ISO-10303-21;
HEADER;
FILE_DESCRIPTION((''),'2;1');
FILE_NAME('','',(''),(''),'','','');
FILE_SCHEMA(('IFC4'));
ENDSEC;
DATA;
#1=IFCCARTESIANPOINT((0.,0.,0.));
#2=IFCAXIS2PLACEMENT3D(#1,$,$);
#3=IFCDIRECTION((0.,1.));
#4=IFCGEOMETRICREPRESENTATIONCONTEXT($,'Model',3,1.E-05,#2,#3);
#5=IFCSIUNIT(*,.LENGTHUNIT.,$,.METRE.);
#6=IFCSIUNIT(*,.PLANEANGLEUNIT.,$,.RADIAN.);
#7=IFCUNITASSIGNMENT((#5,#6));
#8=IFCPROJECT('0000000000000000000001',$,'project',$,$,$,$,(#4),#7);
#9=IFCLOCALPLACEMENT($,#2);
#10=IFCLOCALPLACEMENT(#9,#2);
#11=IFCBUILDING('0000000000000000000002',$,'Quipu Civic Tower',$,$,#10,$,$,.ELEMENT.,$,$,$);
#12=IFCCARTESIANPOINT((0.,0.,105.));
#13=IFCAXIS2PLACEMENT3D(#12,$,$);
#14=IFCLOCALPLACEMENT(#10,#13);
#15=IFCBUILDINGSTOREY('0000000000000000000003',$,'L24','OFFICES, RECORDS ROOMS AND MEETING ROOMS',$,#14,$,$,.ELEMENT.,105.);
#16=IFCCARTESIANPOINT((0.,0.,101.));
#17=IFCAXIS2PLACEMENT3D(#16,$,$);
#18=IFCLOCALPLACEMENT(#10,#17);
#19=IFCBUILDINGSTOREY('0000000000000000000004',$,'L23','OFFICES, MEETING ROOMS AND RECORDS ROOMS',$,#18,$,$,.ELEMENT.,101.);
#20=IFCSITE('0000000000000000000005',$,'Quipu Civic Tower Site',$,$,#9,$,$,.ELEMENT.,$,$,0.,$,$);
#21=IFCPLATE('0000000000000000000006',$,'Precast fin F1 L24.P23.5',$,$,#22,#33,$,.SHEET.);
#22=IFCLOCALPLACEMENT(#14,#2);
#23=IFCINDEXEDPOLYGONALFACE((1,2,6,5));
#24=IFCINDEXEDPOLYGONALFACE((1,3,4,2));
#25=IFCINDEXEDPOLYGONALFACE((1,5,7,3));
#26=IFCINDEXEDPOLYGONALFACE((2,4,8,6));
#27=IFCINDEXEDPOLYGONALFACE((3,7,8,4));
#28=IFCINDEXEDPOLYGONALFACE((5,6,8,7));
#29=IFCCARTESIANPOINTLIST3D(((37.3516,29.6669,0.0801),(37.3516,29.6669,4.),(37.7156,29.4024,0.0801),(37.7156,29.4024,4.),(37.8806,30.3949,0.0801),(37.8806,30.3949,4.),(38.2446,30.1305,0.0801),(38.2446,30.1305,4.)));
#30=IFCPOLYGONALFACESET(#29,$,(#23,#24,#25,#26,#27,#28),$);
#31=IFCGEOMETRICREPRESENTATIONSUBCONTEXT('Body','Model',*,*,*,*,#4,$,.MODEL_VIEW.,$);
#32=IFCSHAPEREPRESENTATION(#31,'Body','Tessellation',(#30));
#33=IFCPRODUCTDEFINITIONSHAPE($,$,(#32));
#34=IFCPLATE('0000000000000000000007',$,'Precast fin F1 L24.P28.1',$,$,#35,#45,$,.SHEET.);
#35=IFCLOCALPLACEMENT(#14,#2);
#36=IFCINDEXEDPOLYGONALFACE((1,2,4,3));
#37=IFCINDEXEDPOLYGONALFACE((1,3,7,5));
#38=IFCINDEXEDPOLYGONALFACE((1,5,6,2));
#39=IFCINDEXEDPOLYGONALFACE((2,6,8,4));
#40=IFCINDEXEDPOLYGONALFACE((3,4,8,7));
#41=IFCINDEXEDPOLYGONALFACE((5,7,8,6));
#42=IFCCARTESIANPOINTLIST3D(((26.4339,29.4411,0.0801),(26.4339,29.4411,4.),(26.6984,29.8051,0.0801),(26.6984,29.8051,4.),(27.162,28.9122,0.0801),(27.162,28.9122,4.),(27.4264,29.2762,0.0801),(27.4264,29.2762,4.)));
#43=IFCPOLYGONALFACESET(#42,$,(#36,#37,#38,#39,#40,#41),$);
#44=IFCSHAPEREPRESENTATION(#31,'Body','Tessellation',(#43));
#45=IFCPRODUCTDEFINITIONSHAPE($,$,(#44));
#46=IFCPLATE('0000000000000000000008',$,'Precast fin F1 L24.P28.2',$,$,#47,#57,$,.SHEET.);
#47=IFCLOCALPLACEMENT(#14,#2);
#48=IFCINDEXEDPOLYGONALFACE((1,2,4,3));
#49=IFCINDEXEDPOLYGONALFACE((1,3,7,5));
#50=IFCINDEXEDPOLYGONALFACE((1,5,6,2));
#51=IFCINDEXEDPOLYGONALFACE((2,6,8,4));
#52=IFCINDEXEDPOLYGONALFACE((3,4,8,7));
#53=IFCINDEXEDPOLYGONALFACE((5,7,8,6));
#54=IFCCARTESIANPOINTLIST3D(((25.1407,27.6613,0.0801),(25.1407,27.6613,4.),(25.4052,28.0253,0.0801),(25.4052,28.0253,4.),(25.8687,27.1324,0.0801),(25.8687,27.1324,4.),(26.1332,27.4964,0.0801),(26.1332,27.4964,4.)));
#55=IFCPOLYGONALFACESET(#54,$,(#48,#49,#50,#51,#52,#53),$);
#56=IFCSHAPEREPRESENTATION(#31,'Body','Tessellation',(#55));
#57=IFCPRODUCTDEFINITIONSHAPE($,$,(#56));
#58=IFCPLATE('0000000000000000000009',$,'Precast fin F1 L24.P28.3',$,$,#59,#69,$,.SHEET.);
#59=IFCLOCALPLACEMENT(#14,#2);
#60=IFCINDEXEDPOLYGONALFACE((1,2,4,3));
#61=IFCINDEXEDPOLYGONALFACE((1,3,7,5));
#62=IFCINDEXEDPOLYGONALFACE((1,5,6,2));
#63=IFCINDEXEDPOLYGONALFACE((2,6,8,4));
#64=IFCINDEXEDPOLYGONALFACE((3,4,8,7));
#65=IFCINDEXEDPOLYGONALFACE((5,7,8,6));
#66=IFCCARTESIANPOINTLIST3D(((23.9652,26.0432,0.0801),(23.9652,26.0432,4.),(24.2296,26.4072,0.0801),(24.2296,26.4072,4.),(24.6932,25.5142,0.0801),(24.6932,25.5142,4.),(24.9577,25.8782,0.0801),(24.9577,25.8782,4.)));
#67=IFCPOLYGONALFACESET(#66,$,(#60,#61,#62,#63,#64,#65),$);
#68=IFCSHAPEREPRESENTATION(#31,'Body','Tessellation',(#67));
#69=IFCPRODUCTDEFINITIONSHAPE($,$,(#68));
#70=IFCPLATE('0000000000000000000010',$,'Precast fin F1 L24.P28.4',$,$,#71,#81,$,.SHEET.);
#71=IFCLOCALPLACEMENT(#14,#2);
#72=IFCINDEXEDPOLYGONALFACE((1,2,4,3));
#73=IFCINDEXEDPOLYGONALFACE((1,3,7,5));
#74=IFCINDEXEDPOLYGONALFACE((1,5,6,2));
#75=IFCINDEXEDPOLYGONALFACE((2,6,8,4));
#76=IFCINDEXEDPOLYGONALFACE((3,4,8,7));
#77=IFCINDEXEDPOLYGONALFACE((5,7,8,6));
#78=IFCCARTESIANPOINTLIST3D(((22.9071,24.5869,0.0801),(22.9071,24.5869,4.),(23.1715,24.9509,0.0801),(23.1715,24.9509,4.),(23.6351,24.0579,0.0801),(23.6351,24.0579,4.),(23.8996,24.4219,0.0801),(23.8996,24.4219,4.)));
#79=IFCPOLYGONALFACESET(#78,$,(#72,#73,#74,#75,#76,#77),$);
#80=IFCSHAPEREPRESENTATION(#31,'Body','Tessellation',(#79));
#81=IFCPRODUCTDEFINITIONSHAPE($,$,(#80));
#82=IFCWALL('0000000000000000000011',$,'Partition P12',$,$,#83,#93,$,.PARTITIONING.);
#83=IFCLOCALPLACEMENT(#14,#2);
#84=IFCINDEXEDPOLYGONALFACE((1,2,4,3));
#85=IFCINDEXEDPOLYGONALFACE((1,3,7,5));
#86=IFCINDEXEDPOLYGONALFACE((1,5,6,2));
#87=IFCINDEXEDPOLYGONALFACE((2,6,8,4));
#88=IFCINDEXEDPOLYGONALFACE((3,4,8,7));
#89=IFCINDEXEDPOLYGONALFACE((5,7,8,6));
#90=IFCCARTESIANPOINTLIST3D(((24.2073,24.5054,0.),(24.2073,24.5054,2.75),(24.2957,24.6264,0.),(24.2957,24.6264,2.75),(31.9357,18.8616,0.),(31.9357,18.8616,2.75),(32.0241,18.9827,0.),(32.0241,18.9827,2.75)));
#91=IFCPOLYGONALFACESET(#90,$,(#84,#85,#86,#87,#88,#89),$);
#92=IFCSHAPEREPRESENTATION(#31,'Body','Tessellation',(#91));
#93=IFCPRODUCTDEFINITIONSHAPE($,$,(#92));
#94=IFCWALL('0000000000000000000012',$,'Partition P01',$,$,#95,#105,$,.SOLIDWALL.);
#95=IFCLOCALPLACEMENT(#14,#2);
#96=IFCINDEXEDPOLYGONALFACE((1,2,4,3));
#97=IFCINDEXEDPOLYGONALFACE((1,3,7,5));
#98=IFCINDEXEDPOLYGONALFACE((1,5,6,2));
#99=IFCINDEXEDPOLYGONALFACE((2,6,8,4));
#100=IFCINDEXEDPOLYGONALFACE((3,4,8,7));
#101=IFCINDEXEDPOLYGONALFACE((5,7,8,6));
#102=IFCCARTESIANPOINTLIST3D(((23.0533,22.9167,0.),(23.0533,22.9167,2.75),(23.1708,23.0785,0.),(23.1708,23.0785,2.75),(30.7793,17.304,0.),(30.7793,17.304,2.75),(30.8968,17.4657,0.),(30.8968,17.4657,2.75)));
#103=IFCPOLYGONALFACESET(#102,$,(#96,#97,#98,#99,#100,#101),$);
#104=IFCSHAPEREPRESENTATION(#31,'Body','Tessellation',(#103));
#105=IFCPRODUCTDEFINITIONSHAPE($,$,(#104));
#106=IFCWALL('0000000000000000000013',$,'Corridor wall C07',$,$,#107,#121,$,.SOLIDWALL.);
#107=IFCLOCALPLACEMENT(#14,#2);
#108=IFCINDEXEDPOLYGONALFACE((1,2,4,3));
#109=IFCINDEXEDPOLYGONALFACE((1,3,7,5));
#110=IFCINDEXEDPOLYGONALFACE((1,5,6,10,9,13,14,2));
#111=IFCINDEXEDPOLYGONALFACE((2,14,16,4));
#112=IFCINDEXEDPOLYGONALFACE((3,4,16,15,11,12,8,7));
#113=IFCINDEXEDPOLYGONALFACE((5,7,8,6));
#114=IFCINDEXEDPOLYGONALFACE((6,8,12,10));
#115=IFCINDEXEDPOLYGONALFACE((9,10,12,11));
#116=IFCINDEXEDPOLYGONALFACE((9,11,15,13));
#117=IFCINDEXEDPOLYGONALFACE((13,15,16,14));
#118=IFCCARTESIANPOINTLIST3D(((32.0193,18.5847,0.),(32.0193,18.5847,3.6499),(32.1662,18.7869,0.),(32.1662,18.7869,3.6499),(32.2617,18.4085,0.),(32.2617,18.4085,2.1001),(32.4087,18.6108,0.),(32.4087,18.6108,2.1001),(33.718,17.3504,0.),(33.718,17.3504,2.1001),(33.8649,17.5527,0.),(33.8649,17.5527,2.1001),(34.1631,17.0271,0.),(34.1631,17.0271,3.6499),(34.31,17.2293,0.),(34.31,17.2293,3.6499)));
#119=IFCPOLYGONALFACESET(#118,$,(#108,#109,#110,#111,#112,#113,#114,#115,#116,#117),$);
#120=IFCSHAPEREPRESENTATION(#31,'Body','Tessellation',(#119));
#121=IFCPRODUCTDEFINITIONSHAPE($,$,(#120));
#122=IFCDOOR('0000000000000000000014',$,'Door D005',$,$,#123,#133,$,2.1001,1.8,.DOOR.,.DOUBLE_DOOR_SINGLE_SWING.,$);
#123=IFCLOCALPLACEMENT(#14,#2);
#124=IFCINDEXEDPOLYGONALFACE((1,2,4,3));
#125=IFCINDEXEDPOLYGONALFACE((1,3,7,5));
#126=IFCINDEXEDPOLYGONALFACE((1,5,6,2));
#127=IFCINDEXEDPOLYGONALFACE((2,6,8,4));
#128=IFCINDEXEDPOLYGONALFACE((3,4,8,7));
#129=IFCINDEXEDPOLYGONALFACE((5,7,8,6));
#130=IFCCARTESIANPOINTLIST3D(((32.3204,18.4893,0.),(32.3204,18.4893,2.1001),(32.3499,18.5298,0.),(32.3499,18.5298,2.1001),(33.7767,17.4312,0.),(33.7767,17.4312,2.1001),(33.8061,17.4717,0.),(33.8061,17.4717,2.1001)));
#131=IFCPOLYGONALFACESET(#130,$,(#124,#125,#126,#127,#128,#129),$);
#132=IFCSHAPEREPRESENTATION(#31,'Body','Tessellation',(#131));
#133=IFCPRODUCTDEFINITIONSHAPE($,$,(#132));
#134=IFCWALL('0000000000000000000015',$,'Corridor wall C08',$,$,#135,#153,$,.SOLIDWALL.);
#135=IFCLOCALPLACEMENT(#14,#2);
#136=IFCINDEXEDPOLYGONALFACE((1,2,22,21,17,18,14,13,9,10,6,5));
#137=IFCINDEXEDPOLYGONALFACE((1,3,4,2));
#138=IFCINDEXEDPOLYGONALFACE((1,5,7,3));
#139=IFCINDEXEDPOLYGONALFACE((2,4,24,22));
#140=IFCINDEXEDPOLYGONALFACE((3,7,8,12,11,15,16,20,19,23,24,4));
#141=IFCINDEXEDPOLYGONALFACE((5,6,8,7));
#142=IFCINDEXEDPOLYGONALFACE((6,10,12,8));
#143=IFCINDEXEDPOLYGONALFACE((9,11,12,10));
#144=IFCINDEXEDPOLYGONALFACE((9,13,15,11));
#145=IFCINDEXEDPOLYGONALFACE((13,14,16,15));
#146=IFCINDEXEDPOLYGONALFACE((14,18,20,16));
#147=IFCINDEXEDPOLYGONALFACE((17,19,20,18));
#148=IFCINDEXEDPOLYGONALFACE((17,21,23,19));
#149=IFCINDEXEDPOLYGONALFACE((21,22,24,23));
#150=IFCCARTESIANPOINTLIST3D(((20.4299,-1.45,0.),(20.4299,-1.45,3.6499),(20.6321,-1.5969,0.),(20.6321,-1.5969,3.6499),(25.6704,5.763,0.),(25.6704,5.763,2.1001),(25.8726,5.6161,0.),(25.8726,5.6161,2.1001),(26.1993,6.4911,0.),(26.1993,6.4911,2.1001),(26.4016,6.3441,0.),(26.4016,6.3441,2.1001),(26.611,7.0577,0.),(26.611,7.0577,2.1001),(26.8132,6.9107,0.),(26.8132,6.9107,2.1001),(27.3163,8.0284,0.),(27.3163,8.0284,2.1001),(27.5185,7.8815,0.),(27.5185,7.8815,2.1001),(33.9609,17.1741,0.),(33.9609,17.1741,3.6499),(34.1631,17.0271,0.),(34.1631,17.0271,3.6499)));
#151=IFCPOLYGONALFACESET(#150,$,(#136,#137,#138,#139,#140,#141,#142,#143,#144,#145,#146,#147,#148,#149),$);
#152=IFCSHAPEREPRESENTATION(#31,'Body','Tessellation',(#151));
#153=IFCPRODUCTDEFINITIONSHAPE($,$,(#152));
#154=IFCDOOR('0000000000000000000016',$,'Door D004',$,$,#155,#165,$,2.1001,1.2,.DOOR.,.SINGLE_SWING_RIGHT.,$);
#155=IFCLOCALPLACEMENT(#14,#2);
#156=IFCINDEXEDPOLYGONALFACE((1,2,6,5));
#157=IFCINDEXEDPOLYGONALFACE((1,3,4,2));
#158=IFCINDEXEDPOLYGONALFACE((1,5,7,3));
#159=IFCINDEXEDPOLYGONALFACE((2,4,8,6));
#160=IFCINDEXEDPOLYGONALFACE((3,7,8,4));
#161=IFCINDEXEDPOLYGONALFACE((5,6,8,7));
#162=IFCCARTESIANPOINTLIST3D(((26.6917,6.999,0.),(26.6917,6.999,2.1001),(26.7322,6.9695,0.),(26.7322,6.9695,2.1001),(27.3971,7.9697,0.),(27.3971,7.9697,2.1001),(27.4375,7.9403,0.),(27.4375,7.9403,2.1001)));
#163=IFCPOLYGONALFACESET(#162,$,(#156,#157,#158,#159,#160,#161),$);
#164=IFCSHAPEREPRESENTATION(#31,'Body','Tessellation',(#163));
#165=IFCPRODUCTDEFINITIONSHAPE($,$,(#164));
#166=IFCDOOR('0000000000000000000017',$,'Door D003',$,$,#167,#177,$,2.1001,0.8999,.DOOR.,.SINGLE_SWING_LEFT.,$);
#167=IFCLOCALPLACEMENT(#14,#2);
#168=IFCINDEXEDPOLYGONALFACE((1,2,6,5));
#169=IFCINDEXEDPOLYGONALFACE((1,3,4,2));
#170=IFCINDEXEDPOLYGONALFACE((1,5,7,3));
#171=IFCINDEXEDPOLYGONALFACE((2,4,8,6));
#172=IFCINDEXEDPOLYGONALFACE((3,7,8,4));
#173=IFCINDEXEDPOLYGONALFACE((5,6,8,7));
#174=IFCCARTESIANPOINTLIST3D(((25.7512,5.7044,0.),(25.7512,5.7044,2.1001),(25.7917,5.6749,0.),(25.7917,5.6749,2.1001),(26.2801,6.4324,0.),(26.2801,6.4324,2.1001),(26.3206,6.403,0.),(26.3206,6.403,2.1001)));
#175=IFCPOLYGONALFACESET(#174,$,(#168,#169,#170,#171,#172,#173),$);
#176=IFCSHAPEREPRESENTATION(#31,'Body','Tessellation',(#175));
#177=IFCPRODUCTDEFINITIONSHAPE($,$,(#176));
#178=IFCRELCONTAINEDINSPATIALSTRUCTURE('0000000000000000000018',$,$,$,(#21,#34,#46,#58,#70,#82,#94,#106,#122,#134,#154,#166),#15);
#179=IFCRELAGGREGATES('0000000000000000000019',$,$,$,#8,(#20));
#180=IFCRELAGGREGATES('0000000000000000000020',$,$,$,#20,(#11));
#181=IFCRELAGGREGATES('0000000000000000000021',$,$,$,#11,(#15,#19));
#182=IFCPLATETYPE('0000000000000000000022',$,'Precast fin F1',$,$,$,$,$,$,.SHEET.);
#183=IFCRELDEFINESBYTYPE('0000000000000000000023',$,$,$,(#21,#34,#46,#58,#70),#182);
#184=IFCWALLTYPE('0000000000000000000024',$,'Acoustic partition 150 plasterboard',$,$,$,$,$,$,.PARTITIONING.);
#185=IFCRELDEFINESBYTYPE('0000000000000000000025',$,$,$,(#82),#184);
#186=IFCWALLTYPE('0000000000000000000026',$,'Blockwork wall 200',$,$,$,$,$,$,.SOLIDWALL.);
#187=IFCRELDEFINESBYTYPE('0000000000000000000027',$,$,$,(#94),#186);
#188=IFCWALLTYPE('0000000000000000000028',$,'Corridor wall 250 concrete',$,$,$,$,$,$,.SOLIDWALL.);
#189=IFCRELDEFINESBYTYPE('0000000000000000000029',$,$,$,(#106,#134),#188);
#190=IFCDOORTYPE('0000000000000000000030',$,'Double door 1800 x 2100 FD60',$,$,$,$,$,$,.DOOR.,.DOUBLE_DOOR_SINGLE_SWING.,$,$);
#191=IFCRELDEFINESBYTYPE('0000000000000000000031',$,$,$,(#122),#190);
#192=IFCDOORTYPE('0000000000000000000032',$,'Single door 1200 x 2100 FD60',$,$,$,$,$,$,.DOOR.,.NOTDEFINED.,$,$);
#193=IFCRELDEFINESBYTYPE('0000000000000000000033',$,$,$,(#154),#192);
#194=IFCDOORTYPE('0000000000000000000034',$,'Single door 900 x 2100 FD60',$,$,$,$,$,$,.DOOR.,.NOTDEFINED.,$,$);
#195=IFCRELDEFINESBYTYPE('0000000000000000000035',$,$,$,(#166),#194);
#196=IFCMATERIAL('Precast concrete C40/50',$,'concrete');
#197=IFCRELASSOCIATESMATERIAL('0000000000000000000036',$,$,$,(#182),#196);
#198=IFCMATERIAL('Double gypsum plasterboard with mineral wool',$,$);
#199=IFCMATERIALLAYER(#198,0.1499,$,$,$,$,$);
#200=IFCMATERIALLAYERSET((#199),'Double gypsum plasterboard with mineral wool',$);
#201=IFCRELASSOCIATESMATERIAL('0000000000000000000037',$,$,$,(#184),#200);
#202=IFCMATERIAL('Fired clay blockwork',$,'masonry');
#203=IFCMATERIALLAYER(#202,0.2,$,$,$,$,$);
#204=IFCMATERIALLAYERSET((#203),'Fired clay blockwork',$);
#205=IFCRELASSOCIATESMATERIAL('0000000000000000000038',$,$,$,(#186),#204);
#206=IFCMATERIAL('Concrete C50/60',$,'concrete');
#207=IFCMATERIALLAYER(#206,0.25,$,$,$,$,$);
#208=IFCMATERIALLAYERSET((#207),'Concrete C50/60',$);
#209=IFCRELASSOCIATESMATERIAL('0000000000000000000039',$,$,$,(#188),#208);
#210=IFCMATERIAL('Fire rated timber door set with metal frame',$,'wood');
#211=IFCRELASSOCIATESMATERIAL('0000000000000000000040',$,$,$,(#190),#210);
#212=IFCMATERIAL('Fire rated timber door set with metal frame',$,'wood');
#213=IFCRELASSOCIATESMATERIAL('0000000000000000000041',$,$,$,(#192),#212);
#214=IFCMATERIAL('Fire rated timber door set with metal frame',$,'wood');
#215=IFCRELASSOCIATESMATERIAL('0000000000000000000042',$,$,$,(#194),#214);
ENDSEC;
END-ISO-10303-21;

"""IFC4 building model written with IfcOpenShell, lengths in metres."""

from ifc_helpers import new_model, si_unit, direction, frame, frame_2d, origin, origin_2d, place, context, subcontext, project, spatial, rectangle, extrude, material, layer, layer_set, type_object, element, fill, save


model = new_model("IFC4")

# Units and contexts
model_context = context("Model", 3, precision=1e-05, world=origin(), true_north=direction((0.0, 1.0)))
body_context = subcontext(model_context, "Body", "Model", "MODEL_VIEW")
ifc_project = project(units=[si_unit("LENGTHUNIT", "METRE"), si_unit("PLANEANGLEUNIT", "RADIAN")], contexts=[model_context])

# Site, building, storey
site_placement = place(None, origin())
site = spatial("IfcSite", under=ifc_project, at=site_placement, Name="Quipu Civic Tower Site", CompositionType="ELEMENT", RefElevation=0.0)
building_placement = place(site_placement, origin())
building = spatial("IfcBuilding", under=site, at=building_placement, Name="Quipu Civic Tower", CompositionType="ELEMENT")
storey_1_placement = place(building_placement, frame((0.0, 0.0, 105.0)))
storey_1 = spatial("IfcBuildingStorey", under=building, at=storey_1_placement, Name="L24", Description="OFFICES, RECORDS ROOMS AND MEETING ROOMS", CompositionType="ELEMENT", Elevation=105.0)

# Shared definitions
storey_2_placement = place(building_placement, frame((0.0, 0.0, 101.0)))
storey_2 = spatial("IfcBuildingStorey", under=building, at=storey_2_placement, Name="L23", Description="OFFICES, MEETING ROOMS AND RECORDS ROOMS", CompositionType="ELEMENT", Elevation=101.0)

# Plates
ifc_material_1 = material(Name="Precast concrete C40/50", Category="concrete")
plate_type_1 = type_object("IfcPlateType", Name="Precast fin F1", PredefinedType="SHEET", material=ifc_material_1)
for number, where, z_axis, x_axis, name in (
    (1, (37.7981, 29.8987, 0.0801), (0.0, 0.0, 1.0), (-0.809017, 0.587785, 0.0), "Precast fin F1 L24.P23.5"),
    (2, (26.9302, 29.3586, 0.0801), (0.0, 0.0, 1.0), (-0.587787, -0.809016, 0.0), "Precast fin F1 L24.P28.1"),
    (3, (25.637, 27.5789, 0.0801), (0.0, 0.0, 1.0), (-0.587787, -0.809016, 0.0), "Precast fin F1 L24.P28.2"),
    (4, (24.4614, 25.9607, 0.0801), (0.0, 0.0, 1.0), (-0.587787, -0.809016, 0.0), "Precast fin F1 L24.P28.3"),
    (5, (23.4033, 24.5044, 0.0801), (0.0, 0.0, 1.0), (-0.587787, -0.809016, 0.0), "Precast fin F1 L24.P28.4"),
):
    element("IfcPlate", number, at=place(storey_1_placement, frame(where, z_axis=z_axis, x_axis=x_axis)), inside=storey_1, type_object=plate_type_1, Name=name, PredefinedType="SHEET", context=body_context, shape_type="SweptSolid", body=[
        extrude(rectangle(XDim=0.45, YDim=0.8999, at=origin_2d()), origin(), (0.0, 0.0, 1.0), 3.9199),
    ])

# Walls
ifc_material_2 = material(Name="Double gypsum plasterboard with mineral wool")
ifc_layer_1 = layer(ifc_material_2, 0.1499)
ifc_layer_set_1 = layer_set([ifc_layer_1], Name="Double gypsum plasterboard with mineral wool")
wall_type_1 = type_object("IfcWallType", Name="Acoustic partition 150 plasterboard", PredefinedType="PARTITIONING", material=ifc_layer_set_1)
wall_1_placement = place(storey_1_placement, frame((24.2515, 24.5659, 0.0), z_axis=(0.0, 0.0, 1.0), x_axis=(0.807588, -0.589747, 0.0)))
element("IfcWall", 6, at=wall_1_placement, inside=storey_1, type_object=wall_type_1, Name="Partition P12", PredefinedType="PARTITIONING", context=body_context, shape_type="SweptSolid", body=[
    extrude(rectangle(XDim=9.5698, YDim=0.1499, at=frame_2d((4.7849, 0.0))), origin(), (0.0, 0.0, 1.0), 2.75),
])
ifc_material_3 = material(Name="Fired clay blockwork", Category="masonry")
ifc_layer_2 = layer(ifc_material_3, 0.2)
ifc_layer_set_2 = layer_set([ifc_layer_2], Name="Fired clay blockwork")
wall_type_2 = type_object("IfcWallType", Name="Blockwork wall 200", PredefinedType="SOLIDWALL", material=ifc_layer_set_2)
wall_2_placement = place(storey_1_placement, frame((30.8381, 17.3848, 0.0), z_axis=(0.0, 0.0, 1.0), x_axis=(-0.809043, 0.587749, 0.0)))
element("IfcWall", 7, at=wall_2_placement, inside=storey_1, type_object=wall_type_2, Name="Partition P01", PredefinedType="SOLIDWALL", context=body_context, shape_type="SweptSolid", body=[
    extrude(rectangle(XDim=9.5496, YDim=0.2, at=frame_2d((4.7749, 0.0))), origin(), (0.0, 0.0, 1.0), 2.75),
])

# Wall, opening, door
ifc_material_4 = material(Name="Concrete C50/60", Category="concrete")
ifc_layer_3 = layer(ifc_material_4, 0.25)
ifc_layer_set_3 = layer_set([ifc_layer_3], Name="Concrete C50/60")
wall_type_3 = type_object("IfcWallType", Name="Corridor wall 250 concrete", PredefinedType="SOLIDWALL", material=ifc_layer_set_3)
wall_3_placement = place(storey_1_placement, frame((32.0928, 18.6858, 0.0), z_axis=(0.0, 0.0, 1.0), x_axis=(0.809007, -0.587799, 0.0)))
wall_3 = element("IfcWall", 8, at=wall_3_placement, inside=storey_1, type_object=wall_type_3, Name="Corridor wall C07", PredefinedType="SOLIDWALL", context=body_context, shape_type="SweptSolid", body=[
    extrude(rectangle(XDim=2.6499, YDim=0.25, at=frame_2d((1.325, 0.0))), origin(), (0.0, 0.0, 1.0), 3.6499),
])
opening_1_placement = place(wall_3_placement, frame((0.2998, 0.0, 0.0)))
opening_1 = element("IfcOpeningElement", 9, at=opening_1_placement, cuts=wall_3, PredefinedType="OPENING", context=body_context, shape_type="SweptSolid", body=[
    extrude(rectangle(XDim=1.8, YDim=2.1001, at=frame_2d((0.8999, 1.05))), frame((0.0, 0.135, 0.0), z_axis=(0.0, -1.0, 0.0), x_axis=(1.0, 0.0, 0.0)), (0.0, 0.0, 1.0), 0.27),
])
ifc_material_5 = material(Name="Fire rated timber door set with metal frame", Category="wood")
door_type_1 = type_object("IfcDoorType", Name="Double door 1800 x 2100 FD60", OperationType="DOUBLE_DOOR_SINGLE_SWING", PredefinedType="DOOR", material=ifc_material_5)
door_1_placement = place(opening_1_placement, origin())
door_1 = element("IfcDoor", 10, at=door_1_placement, inside=storey_1, type_object=door_type_1, Name="Door D005", OperationType="DOUBLE_DOOR_SINGLE_SWING", OverallHeight=2.1001, OverallWidth=1.8, PredefinedType="DOOR", context=body_context, shape_type="SweptSolid", body=[
    extrude(rectangle(XDim=1.8, YDim=2.1001, at=frame_2d((0.8999, 1.05))), frame((0.0, 0.0249, 0.0), z_axis=(0.0, -1.0, 0.0), x_axis=(1.0, 0.0, 0.0)), (0.0, 0.0, 1.0), 0.05),
])
fill(opening_1, door_1)

# Wall, openings, doors
wall_4_placement = place(storey_1_placement, frame((34.062, 17.1006, 0.0), z_axis=(0.0, 0.0, 1.0), x_axis=(-0.587781, -0.80902, 0.0)))
wall_4 = element("IfcWall", 11, at=wall_4_placement, inside=storey_1, type_object=wall_type_3, Name="Corridor wall C08", PredefinedType="SOLIDWALL", context=body_context, shape_type="SweptSolid", body=[
    extrude(rectangle(XDim=23.0205, YDim=0.25, at=frame_2d((11.5103, 0.0))), origin(), (0.0, 0.0, 1.0), 3.6499),
])
opening_2_placement = place(wall_4_placement, frame((11.3044, 0.0, 0.0)))
opening_2 = element("IfcOpeningElement", 12, at=opening_2_placement, cuts=wall_4, PredefinedType="OPENING", context=body_context, shape_type="SweptSolid", body=[
    extrude(rectangle(XDim=1.2, YDim=2.1001, at=frame_2d((0.6001, 1.05))), frame((0.0, 0.135, 0.0), z_axis=(0.0, -1.0, 0.0), x_axis=(1.0, 0.0, 0.0)), (0.0, 0.0, 1.0), 0.27),
])
opening_3_placement = place(wall_4_placement, frame((13.2048, 0.0, 0.0)))
opening_3 = element("IfcOpeningElement", 13, at=opening_3_placement, cuts=wall_4, PredefinedType="OPENING", context=body_context, shape_type="SweptSolid", body=[
    extrude(rectangle(XDim=0.8999, YDim=2.1001, at=frame_2d((0.45, 1.05))), frame((0.0, 0.135, 0.0), z_axis=(0.0, -1.0, 0.0), x_axis=(1.0, 0.0, 0.0)), (0.0, 0.0, 1.0), 0.27),
])
ifc_material_6 = material(Name="Fire rated timber door set with metal frame", Category="wood")
door_type_2 = type_object("IfcDoorType", Name="Single door 1200 x 2100 FD60", OperationType="NOTDEFINED", PredefinedType="DOOR", material=ifc_material_6)
door_2_placement = place(opening_2_placement, origin())
door_2 = element("IfcDoor", 14, at=door_2_placement, inside=storey_1, type_object=door_type_2, Name="Door D004", OperationType="SINGLE_SWING_RIGHT", OverallHeight=2.1001, OverallWidth=1.2, PredefinedType="DOOR", context=body_context, shape_type="SweptSolid", body=[
    extrude(rectangle(XDim=1.2, YDim=2.1001, at=frame_2d((0.6001, 1.05))), frame((0.0, 0.0249, 0.0), z_axis=(0.0, -1.0, 0.0), x_axis=(1.0, 0.0, 0.0)), (0.0, 0.0, 1.0), 0.05),
])
fill(opening_2, door_2)
ifc_material_7 = material(Name="Fire rated timber door set with metal frame", Category="wood")
door_type_3 = type_object("IfcDoorType", Name="Single door 900 x 2100 FD60", OperationType="NOTDEFINED", PredefinedType="DOOR", material=ifc_material_7)
door_3_placement = place(opening_3_placement, origin())
door_3 = element("IfcDoor", 15, at=door_3_placement, inside=storey_1, type_object=door_type_3, Name="Door D003", OperationType="SINGLE_SWING_LEFT", OverallHeight=2.1001, OverallWidth=0.8999, PredefinedType="DOOR", context=body_context, shape_type="SweptSolid", body=[
    extrude(rectangle(XDim=0.8999, YDim=2.1001, at=frame_2d((0.45, 1.05))), frame((0.0, 0.0249, 0.0), z_axis=(0.0, -1.0, 0.0), x_axis=(1.0, 0.0, 0.0)), (0.0, 0.0, 1.0), 0.05),
])
fill(opening_3, door_3)

save(model, "model.ifc")
